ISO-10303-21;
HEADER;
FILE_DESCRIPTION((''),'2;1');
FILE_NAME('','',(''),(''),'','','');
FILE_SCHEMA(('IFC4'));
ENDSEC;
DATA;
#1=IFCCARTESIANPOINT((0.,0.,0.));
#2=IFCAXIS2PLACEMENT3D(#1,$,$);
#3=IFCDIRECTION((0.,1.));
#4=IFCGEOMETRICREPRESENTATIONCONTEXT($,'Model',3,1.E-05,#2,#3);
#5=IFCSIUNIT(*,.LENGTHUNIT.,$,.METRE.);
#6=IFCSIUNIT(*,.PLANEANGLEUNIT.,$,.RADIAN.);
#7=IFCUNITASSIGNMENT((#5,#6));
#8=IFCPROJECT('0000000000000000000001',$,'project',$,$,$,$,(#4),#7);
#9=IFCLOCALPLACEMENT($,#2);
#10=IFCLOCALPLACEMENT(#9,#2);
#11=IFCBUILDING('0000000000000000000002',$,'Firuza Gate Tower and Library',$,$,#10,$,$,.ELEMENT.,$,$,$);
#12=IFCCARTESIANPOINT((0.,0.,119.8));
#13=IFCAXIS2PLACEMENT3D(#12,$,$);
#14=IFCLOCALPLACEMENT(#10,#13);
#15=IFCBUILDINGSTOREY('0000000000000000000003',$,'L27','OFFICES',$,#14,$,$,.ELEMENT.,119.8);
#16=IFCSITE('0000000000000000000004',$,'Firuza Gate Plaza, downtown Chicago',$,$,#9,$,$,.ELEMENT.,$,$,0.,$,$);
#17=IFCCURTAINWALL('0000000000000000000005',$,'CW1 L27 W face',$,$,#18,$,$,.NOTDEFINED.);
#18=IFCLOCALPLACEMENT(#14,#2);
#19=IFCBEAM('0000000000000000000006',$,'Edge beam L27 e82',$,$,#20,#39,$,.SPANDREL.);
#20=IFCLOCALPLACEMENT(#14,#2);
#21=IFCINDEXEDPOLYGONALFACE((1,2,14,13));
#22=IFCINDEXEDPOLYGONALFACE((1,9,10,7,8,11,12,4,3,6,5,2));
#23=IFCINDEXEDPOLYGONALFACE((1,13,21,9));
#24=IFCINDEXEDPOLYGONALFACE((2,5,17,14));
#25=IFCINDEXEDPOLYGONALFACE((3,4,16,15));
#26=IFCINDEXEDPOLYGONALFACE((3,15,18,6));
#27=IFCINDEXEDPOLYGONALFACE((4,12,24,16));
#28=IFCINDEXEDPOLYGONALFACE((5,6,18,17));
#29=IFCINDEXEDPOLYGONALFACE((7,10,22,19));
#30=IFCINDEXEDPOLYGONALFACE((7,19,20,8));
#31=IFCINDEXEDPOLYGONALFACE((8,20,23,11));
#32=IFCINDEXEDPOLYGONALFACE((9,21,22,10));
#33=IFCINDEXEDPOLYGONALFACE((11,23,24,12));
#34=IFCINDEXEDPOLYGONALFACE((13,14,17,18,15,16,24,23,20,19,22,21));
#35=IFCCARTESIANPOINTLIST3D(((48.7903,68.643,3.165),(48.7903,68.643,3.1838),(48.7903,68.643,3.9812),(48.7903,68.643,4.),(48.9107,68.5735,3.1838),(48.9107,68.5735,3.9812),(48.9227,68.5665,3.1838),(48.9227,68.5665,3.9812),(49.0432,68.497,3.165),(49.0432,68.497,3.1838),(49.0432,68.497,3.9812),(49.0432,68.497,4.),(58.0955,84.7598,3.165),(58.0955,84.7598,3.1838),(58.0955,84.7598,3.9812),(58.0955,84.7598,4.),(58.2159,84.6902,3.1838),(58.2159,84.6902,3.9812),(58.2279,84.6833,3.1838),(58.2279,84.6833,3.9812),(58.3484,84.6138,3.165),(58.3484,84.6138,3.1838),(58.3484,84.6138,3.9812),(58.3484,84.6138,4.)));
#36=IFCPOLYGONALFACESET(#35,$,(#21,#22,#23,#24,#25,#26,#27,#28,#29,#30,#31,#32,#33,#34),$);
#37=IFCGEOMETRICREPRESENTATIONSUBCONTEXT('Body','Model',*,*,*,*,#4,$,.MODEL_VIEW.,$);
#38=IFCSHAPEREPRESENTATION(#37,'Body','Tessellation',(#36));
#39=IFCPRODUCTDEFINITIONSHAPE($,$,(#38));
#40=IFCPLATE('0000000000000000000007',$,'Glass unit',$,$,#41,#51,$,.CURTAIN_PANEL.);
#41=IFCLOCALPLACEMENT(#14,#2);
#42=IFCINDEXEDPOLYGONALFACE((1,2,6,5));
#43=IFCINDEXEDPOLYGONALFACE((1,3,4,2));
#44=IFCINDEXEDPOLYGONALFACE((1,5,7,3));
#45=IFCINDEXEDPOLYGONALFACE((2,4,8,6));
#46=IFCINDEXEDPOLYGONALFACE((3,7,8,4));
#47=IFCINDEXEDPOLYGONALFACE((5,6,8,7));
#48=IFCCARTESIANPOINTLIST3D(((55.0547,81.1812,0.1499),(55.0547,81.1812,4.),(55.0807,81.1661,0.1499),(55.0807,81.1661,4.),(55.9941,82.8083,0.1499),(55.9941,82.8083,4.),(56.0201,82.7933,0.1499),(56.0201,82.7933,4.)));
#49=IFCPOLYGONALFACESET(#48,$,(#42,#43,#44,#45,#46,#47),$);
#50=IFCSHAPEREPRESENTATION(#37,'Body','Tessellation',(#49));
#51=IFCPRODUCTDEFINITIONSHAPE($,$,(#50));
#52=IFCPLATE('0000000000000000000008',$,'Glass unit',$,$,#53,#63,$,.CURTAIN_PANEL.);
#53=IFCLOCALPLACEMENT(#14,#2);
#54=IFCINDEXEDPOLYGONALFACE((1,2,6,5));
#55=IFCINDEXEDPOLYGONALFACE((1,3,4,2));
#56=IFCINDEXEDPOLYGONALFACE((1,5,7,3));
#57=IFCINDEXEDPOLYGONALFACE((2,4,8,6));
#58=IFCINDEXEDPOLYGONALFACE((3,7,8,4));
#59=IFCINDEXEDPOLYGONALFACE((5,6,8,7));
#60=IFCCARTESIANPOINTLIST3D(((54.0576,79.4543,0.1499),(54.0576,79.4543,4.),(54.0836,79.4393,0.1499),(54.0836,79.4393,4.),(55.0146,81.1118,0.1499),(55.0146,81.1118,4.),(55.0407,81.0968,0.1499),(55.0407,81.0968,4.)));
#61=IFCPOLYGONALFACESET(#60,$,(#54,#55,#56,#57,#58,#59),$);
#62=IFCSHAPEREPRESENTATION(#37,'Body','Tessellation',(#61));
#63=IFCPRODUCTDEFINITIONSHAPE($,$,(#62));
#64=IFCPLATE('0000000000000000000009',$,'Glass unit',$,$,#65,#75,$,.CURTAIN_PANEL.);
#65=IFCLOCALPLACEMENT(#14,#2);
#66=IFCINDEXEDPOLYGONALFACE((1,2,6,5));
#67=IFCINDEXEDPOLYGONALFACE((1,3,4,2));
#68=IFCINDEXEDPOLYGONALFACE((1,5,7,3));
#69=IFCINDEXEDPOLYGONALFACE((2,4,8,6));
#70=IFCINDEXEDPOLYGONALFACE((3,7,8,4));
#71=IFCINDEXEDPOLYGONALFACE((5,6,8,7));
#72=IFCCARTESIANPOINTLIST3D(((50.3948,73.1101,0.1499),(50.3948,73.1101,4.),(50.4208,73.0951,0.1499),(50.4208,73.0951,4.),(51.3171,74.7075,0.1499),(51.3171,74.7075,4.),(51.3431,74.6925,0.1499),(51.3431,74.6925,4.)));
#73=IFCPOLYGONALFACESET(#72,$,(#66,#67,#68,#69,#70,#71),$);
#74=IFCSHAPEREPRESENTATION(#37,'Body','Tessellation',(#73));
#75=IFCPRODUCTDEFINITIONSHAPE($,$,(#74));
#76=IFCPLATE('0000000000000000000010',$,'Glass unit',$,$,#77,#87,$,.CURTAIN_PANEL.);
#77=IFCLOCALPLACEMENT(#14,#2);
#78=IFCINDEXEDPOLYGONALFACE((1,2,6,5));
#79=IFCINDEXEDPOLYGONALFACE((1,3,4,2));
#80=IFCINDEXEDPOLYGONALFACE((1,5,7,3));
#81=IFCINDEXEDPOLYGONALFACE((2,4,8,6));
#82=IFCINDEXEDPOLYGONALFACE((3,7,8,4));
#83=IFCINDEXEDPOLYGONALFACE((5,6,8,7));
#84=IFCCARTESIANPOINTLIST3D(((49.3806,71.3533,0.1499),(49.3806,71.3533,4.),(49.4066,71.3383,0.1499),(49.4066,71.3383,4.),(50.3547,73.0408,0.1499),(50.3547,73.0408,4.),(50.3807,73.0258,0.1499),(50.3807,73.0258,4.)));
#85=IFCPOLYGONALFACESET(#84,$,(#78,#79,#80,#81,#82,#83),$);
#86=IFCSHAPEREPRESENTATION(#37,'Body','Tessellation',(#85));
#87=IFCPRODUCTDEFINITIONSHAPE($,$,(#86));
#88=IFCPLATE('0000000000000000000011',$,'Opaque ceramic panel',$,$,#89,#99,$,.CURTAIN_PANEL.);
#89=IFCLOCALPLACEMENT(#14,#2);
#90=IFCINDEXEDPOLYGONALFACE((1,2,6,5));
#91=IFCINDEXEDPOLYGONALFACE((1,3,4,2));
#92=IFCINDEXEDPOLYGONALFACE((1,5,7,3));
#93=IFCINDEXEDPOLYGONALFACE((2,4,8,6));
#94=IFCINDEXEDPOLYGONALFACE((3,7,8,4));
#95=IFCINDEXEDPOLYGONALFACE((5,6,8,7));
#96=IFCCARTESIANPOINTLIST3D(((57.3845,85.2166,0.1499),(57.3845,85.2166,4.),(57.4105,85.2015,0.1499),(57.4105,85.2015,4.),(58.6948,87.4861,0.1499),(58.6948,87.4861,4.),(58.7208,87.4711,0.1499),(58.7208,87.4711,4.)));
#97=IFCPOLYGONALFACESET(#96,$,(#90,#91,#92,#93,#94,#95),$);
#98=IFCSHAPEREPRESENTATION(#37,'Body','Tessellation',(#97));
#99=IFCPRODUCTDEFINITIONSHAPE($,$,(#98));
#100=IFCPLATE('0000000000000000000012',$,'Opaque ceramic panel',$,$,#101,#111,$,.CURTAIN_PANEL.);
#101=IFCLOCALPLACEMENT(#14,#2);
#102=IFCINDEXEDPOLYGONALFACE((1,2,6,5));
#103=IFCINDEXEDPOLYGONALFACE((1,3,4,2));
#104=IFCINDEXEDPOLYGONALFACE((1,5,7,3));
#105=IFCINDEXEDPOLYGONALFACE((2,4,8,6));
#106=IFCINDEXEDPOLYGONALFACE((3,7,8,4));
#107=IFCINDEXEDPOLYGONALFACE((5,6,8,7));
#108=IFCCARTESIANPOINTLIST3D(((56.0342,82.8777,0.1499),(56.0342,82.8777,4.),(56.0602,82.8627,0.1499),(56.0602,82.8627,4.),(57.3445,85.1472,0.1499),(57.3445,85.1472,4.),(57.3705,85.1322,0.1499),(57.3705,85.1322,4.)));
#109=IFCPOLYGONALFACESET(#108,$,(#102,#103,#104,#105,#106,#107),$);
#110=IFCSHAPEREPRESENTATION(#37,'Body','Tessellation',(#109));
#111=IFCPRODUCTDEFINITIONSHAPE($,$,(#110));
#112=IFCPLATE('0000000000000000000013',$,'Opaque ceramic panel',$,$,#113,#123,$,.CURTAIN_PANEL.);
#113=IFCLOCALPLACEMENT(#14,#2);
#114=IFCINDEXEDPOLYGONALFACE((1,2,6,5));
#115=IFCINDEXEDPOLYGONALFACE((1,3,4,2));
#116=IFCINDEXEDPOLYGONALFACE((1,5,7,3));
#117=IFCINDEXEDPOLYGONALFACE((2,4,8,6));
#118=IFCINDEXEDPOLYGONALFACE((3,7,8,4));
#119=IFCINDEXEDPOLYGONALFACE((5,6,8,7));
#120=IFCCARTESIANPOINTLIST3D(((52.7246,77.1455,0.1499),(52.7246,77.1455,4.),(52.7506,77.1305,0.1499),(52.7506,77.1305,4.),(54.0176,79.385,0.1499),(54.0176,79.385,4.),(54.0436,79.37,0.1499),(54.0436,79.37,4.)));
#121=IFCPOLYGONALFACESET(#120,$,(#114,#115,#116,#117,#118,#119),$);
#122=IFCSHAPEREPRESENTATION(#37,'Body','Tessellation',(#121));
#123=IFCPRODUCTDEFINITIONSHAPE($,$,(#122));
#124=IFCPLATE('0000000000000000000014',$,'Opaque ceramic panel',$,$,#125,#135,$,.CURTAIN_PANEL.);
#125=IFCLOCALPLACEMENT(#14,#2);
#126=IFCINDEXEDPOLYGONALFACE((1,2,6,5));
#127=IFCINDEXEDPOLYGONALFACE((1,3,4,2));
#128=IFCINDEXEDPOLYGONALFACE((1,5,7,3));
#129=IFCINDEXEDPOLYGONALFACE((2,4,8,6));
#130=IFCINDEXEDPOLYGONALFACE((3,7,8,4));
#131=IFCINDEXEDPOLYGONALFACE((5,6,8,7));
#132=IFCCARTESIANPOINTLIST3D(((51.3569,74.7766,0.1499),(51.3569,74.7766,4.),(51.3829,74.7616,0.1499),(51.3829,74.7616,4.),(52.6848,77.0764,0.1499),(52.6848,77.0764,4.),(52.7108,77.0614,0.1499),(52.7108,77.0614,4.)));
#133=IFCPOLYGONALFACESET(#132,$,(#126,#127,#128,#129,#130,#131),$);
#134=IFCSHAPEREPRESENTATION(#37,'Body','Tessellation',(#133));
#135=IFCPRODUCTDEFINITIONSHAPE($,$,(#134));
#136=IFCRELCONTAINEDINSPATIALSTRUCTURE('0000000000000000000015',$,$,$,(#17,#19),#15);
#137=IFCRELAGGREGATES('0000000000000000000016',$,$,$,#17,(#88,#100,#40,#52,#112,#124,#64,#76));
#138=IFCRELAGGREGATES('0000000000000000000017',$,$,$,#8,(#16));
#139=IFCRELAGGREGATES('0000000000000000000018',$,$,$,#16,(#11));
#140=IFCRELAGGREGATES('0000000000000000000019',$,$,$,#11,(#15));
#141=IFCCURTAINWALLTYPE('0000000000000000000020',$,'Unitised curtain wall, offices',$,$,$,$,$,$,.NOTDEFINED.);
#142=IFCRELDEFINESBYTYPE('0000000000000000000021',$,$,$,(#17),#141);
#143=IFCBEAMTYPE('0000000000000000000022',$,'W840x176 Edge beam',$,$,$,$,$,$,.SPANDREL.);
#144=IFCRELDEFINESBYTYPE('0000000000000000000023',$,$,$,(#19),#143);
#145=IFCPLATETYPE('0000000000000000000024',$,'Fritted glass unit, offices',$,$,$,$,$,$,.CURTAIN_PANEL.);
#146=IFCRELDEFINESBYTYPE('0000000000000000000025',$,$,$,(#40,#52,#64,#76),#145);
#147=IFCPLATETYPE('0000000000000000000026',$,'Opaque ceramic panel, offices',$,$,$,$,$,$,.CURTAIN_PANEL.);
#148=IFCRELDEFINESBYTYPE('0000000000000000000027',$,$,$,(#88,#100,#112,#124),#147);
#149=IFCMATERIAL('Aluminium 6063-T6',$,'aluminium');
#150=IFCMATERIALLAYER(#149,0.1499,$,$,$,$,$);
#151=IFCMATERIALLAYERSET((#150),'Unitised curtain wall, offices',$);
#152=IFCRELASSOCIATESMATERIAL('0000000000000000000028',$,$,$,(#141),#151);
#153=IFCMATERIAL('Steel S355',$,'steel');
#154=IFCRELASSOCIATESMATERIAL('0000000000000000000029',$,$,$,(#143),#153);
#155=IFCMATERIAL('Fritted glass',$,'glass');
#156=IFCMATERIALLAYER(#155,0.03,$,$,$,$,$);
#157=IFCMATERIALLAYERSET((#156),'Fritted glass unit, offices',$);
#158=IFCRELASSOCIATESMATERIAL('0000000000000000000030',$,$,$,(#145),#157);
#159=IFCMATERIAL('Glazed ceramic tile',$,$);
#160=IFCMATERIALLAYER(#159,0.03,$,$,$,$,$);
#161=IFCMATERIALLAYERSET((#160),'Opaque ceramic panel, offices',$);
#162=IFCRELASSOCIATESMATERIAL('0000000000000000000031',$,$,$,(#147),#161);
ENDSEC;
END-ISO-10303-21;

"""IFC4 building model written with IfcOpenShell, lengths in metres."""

from ifc_helpers import new_model, si_unit, direction, frame, origin, origin_2d, place, context, subcontext, project, spatial, polyline, i_section, outline, extrude, material, layer, layer_set, material_profile, profile_set, type_object, element, aggregate, save


model = new_model("IFC4")

# Units and contexts
model_context = context("Model", 3, precision=1e-05, world=origin(), true_north=direction((0.0, 1.0)))
body_context = subcontext(model_context, "Body", "Model", "MODEL_VIEW")
ifc_project = project(units=[si_unit("LENGTHUNIT", "METRE"), si_unit("PLANEANGLEUNIT", "RADIAN")], contexts=[model_context])

# Site, building, storey
site_placement = place(None, origin())
site = spatial("IfcSite", under=ifc_project, at=site_placement, Name="Firuza Gate Plaza, downtown Chicago", CompositionType="ELEMENT", RefElevation=0.0)
building_placement = place(site_placement, origin())
building = spatial("IfcBuilding", under=site, at=building_placement, Name="Firuza Gate Tower and Library", CompositionType="ELEMENT")
storey_placement = place(building_placement, frame((0.0, 0.0, 119.8)))
storey = spatial("IfcBuildingStorey", under=building, at=storey_placement, Name="L27", Description="OFFICES", CompositionType="ELEMENT", Elevation=119.8)

# Curtain wall
ifc_material_1 = material(Name="Aluminium 6063-T6", Category="aluminium")
ifc_layer_1 = layer(ifc_material_1, 0.1499)
ifc_layer_set_1 = layer_set([ifc_layer_1], Name="Unitised curtain wall, offices")
curtain_wall_type = type_object("IfcCurtainWallType", Name="Unitised curtain wall, offices", PredefinedType="NOTDEFINED", material=ifc_layer_set_1)
curtain_wall_placement = place(storey_placement, origin())
curtain_wall = element("IfcCurtainWall", 1, at=curtain_wall_placement, inside=storey, type_object=curtain_wall_type, Name="CW1 L27 W face", PredefinedType="NOTDEFINED")

# Beam
ifc_material_2 = material(Name="Steel S355", Category="steel")
ifc_material_profile_1 = material_profile(ifc_material_2, i_section(OverallWidth=0.292, OverallDepth=0.835, WebThickness=0.0139, FlangeThickness=0.0188, at=origin_2d()))
ifc_profile_set_1 = profile_set([ifc_material_profile_1], Name="Steel S355")
beam_type_1 = type_object("IfcBeamType", Name="W840x176 Edge beam", PredefinedType="SPANDREL", material=ifc_profile_set_1)
beam_1_placement = place(storey_placement, frame((58.2219, 84.6868, 3.5825), z_axis=(-0.500008, -0.866021, 0.0), x_axis=(0.866021, -0.500008, 0.0)))
element("IfcBeam", 2, at=beam_1_placement, inside=storey, type_object=beam_type_1, Name="Edge beam L27 e82", PredefinedType="SPANDREL", context=body_context, shape_type="SweptSolid", body=[
    extrude(i_section(OverallWidth=0.292, OverallDepth=0.835, WebThickness=0.0139, FlangeThickness=0.0188, at=origin_2d()), origin(), (0.0, 0.0, 1.0), 18.6101),
])

# Plates
ifc_material_3 = material(Name="Fritted glass", Category="glass")
ifc_layer_2 = layer(ifc_material_3, 0.03)
ifc_layer_set_2 = layer_set([ifc_layer_2], Name="Fritted glass unit, offices")
plate_type_1 = type_object("IfcPlateType", Name="Fritted glass unit, offices", PredefinedType="CURTAIN_PANEL", material=ifc_layer_set_2)
plate_1_placement = place(storey_placement, frame((55.9941, 82.8083, 0.1499), z_axis=(-0.866028, 0.499996, 0.0), x_axis=(-0.499996, -0.866028, 0.0)))
plate_1 = element("IfcPlate", 3, at=plate_1_placement, type_object=plate_type_1, Name="Glass unit", PredefinedType="CURTAIN_PANEL", context=body_context, shape_type="SweptSolid", body=[
    extrude(outline(polyline([(0.0, 0.0), (1.8789, 0.0), (1.8789, 3.8501), (0.0, 3.8501), (0.0, 0.0)])), origin(), (0.0, 0.0, -1.0), 0.03),
])
plate_2_placement = place(storey_placement, frame((55.0146, 81.1118, 0.1499), z_axis=(-0.866005, 0.500035, 0.0), x_axis=(-0.500035, -0.866005, 0.0)))
plate_2 = element("IfcPlate", 4, at=plate_2_placement, type_object=plate_type_1, Name="Glass unit", PredefinedType="CURTAIN_PANEL", context=body_context, shape_type="SweptSolid", body=[
    extrude(outline(polyline([(0.0, 0.0), (1.9139, 0.0), (1.9139, 3.8501), (0.0, 3.8501), (0.0, 0.0)])), origin(), (0.0, 0.0, -1.0), 0.03),
])
plate_3_placement = place(storey_placement, frame((51.3171, 74.7075, 0.1499), z_axis=(-0.866003, 0.500039, 0.0), x_axis=(-0.500039, -0.866003, 0.0)))
plate_3 = element("IfcPlate", 5, at=plate_3_placement, type_object=plate_type_1, Name="Glass unit", PredefinedType="CURTAIN_PANEL", context=body_context, shape_type="SweptSolid", body=[
    extrude(outline(polyline([(0.0, 0.0), (1.8446, 0.0), (1.8446, 3.8501), (0.0, 3.8501), (0.0, 0.0)])), origin(), (0.0, 0.0, -1.0), 0.03),
])
plate_4_placement = place(storey_placement, frame((50.3547, 73.0408, 0.1499), z_axis=(-0.86606, 0.499939, 0.0), x_axis=(-0.499939, -0.86606, 0.0)))
plate_4 = element("IfcPlate", 6, at=plate_4_placement, type_object=plate_type_1, Name="Glass unit", PredefinedType="CURTAIN_PANEL", context=body_context, shape_type="SweptSolid", body=[
    extrude(outline(polyline([(0.0, 0.0), (1.9485, 0.0), (1.9485, 3.8501), (0.0, 3.8501), (0.0, 0.0)])), origin(), (0.0, 0.0, -1.0), 0.03),
])
ifc_material_4 = material(Name="Glazed ceramic tile")
ifc_layer_3 = layer(ifc_material_4, 0.03)
ifc_layer_set_3 = layer_set([ifc_layer_3], Name="Opaque ceramic panel, offices")
plate_type_2 = type_object("IfcPlateType", Name="Opaque ceramic panel, offices", PredefinedType="CURTAIN_PANEL", material=ifc_layer_set_3)
plate_5_placement = place(storey_placement, frame((58.6948, 87.4861, 0.1499), z_axis=(-0.866027, 0.499997, 0.0), x_axis=(-0.499997, -0.866027, 0.0)))
plate_5 = element("IfcPlate", 7, at=plate_5_placement, type_object=plate_type_2, Name="Opaque ceramic panel", PredefinedType="CURTAIN_PANEL", context=body_context, shape_type="SweptSolid", body=[
    extrude(outline(polyline([(0.0, 0.0), (2.6206, 0.0), (2.6206, 3.8501), (0.0, 3.8501), (0.0, 0.0)])), origin(), (0.0, 0.0, -1.0), 0.03),
])
plate_6_placement = place(storey_placement, frame((57.3445, 85.1472, 0.1499), z_axis=(-0.866027, 0.499997, 0.0), x_axis=(-0.499997, -0.866027, 0.0)))
plate_6 = element("IfcPlate", 8, at=plate_6_placement, type_object=plate_type_2, Name="Opaque ceramic panel", PredefinedType="CURTAIN_PANEL", context=body_context, shape_type="SweptSolid", body=[
    extrude(outline(polyline([(0.0, 0.0), (2.6206, 0.0), (2.6206, 3.8501), (0.0, 3.8501), (0.0, 0.0)])), origin(), (0.0, 0.0, -1.0), 0.03),
])
plate_7_placement = place(storey_placement, frame((54.0176, 79.385, 0.1499), z_axis=(-0.866027, 0.499998, 0.0), x_axis=(-0.499998, -0.866027, 0.0)))
plate_7 = element("IfcPlate", 9, at=plate_7_placement, type_object=plate_type_2, Name="Opaque ceramic panel", PredefinedType="CURTAIN_PANEL", context=body_context, shape_type="SweptSolid", body=[
    extrude(outline(polyline([(0.0, 0.0), (2.5859, 0.0), (2.5859, 3.8501), (0.0, 3.8501), (0.0, 0.0)])), origin(), (0.0, 0.0, -1.0), 0.03),
])
plate_8_placement = place(storey_placement, frame((52.6848, 77.0764, 0.1499), z_axis=(-0.866011, 0.500025, 0.0), x_axis=(-0.500025, -0.866011, 0.0)))
plate_8 = element("IfcPlate", 10, at=plate_8_placement, type_object=plate_type_2, Name="Opaque ceramic panel", PredefinedType="CURTAIN_PANEL", context=body_context, shape_type="SweptSolid", body=[
    extrude(outline(polyline([(0.0, 0.0), (2.6556, 0.0), (2.6556, 3.8501), (0.0, 3.8501), (0.0, 0.0)])), origin(), (0.0, 0.0, -1.0), 0.03),
])
aggregate(curtain_wall, [plate_5, plate_6, plate_1, plate_2, plate_7, plate_8, plate_3, plate_4])

save(model, "model.ifc")
